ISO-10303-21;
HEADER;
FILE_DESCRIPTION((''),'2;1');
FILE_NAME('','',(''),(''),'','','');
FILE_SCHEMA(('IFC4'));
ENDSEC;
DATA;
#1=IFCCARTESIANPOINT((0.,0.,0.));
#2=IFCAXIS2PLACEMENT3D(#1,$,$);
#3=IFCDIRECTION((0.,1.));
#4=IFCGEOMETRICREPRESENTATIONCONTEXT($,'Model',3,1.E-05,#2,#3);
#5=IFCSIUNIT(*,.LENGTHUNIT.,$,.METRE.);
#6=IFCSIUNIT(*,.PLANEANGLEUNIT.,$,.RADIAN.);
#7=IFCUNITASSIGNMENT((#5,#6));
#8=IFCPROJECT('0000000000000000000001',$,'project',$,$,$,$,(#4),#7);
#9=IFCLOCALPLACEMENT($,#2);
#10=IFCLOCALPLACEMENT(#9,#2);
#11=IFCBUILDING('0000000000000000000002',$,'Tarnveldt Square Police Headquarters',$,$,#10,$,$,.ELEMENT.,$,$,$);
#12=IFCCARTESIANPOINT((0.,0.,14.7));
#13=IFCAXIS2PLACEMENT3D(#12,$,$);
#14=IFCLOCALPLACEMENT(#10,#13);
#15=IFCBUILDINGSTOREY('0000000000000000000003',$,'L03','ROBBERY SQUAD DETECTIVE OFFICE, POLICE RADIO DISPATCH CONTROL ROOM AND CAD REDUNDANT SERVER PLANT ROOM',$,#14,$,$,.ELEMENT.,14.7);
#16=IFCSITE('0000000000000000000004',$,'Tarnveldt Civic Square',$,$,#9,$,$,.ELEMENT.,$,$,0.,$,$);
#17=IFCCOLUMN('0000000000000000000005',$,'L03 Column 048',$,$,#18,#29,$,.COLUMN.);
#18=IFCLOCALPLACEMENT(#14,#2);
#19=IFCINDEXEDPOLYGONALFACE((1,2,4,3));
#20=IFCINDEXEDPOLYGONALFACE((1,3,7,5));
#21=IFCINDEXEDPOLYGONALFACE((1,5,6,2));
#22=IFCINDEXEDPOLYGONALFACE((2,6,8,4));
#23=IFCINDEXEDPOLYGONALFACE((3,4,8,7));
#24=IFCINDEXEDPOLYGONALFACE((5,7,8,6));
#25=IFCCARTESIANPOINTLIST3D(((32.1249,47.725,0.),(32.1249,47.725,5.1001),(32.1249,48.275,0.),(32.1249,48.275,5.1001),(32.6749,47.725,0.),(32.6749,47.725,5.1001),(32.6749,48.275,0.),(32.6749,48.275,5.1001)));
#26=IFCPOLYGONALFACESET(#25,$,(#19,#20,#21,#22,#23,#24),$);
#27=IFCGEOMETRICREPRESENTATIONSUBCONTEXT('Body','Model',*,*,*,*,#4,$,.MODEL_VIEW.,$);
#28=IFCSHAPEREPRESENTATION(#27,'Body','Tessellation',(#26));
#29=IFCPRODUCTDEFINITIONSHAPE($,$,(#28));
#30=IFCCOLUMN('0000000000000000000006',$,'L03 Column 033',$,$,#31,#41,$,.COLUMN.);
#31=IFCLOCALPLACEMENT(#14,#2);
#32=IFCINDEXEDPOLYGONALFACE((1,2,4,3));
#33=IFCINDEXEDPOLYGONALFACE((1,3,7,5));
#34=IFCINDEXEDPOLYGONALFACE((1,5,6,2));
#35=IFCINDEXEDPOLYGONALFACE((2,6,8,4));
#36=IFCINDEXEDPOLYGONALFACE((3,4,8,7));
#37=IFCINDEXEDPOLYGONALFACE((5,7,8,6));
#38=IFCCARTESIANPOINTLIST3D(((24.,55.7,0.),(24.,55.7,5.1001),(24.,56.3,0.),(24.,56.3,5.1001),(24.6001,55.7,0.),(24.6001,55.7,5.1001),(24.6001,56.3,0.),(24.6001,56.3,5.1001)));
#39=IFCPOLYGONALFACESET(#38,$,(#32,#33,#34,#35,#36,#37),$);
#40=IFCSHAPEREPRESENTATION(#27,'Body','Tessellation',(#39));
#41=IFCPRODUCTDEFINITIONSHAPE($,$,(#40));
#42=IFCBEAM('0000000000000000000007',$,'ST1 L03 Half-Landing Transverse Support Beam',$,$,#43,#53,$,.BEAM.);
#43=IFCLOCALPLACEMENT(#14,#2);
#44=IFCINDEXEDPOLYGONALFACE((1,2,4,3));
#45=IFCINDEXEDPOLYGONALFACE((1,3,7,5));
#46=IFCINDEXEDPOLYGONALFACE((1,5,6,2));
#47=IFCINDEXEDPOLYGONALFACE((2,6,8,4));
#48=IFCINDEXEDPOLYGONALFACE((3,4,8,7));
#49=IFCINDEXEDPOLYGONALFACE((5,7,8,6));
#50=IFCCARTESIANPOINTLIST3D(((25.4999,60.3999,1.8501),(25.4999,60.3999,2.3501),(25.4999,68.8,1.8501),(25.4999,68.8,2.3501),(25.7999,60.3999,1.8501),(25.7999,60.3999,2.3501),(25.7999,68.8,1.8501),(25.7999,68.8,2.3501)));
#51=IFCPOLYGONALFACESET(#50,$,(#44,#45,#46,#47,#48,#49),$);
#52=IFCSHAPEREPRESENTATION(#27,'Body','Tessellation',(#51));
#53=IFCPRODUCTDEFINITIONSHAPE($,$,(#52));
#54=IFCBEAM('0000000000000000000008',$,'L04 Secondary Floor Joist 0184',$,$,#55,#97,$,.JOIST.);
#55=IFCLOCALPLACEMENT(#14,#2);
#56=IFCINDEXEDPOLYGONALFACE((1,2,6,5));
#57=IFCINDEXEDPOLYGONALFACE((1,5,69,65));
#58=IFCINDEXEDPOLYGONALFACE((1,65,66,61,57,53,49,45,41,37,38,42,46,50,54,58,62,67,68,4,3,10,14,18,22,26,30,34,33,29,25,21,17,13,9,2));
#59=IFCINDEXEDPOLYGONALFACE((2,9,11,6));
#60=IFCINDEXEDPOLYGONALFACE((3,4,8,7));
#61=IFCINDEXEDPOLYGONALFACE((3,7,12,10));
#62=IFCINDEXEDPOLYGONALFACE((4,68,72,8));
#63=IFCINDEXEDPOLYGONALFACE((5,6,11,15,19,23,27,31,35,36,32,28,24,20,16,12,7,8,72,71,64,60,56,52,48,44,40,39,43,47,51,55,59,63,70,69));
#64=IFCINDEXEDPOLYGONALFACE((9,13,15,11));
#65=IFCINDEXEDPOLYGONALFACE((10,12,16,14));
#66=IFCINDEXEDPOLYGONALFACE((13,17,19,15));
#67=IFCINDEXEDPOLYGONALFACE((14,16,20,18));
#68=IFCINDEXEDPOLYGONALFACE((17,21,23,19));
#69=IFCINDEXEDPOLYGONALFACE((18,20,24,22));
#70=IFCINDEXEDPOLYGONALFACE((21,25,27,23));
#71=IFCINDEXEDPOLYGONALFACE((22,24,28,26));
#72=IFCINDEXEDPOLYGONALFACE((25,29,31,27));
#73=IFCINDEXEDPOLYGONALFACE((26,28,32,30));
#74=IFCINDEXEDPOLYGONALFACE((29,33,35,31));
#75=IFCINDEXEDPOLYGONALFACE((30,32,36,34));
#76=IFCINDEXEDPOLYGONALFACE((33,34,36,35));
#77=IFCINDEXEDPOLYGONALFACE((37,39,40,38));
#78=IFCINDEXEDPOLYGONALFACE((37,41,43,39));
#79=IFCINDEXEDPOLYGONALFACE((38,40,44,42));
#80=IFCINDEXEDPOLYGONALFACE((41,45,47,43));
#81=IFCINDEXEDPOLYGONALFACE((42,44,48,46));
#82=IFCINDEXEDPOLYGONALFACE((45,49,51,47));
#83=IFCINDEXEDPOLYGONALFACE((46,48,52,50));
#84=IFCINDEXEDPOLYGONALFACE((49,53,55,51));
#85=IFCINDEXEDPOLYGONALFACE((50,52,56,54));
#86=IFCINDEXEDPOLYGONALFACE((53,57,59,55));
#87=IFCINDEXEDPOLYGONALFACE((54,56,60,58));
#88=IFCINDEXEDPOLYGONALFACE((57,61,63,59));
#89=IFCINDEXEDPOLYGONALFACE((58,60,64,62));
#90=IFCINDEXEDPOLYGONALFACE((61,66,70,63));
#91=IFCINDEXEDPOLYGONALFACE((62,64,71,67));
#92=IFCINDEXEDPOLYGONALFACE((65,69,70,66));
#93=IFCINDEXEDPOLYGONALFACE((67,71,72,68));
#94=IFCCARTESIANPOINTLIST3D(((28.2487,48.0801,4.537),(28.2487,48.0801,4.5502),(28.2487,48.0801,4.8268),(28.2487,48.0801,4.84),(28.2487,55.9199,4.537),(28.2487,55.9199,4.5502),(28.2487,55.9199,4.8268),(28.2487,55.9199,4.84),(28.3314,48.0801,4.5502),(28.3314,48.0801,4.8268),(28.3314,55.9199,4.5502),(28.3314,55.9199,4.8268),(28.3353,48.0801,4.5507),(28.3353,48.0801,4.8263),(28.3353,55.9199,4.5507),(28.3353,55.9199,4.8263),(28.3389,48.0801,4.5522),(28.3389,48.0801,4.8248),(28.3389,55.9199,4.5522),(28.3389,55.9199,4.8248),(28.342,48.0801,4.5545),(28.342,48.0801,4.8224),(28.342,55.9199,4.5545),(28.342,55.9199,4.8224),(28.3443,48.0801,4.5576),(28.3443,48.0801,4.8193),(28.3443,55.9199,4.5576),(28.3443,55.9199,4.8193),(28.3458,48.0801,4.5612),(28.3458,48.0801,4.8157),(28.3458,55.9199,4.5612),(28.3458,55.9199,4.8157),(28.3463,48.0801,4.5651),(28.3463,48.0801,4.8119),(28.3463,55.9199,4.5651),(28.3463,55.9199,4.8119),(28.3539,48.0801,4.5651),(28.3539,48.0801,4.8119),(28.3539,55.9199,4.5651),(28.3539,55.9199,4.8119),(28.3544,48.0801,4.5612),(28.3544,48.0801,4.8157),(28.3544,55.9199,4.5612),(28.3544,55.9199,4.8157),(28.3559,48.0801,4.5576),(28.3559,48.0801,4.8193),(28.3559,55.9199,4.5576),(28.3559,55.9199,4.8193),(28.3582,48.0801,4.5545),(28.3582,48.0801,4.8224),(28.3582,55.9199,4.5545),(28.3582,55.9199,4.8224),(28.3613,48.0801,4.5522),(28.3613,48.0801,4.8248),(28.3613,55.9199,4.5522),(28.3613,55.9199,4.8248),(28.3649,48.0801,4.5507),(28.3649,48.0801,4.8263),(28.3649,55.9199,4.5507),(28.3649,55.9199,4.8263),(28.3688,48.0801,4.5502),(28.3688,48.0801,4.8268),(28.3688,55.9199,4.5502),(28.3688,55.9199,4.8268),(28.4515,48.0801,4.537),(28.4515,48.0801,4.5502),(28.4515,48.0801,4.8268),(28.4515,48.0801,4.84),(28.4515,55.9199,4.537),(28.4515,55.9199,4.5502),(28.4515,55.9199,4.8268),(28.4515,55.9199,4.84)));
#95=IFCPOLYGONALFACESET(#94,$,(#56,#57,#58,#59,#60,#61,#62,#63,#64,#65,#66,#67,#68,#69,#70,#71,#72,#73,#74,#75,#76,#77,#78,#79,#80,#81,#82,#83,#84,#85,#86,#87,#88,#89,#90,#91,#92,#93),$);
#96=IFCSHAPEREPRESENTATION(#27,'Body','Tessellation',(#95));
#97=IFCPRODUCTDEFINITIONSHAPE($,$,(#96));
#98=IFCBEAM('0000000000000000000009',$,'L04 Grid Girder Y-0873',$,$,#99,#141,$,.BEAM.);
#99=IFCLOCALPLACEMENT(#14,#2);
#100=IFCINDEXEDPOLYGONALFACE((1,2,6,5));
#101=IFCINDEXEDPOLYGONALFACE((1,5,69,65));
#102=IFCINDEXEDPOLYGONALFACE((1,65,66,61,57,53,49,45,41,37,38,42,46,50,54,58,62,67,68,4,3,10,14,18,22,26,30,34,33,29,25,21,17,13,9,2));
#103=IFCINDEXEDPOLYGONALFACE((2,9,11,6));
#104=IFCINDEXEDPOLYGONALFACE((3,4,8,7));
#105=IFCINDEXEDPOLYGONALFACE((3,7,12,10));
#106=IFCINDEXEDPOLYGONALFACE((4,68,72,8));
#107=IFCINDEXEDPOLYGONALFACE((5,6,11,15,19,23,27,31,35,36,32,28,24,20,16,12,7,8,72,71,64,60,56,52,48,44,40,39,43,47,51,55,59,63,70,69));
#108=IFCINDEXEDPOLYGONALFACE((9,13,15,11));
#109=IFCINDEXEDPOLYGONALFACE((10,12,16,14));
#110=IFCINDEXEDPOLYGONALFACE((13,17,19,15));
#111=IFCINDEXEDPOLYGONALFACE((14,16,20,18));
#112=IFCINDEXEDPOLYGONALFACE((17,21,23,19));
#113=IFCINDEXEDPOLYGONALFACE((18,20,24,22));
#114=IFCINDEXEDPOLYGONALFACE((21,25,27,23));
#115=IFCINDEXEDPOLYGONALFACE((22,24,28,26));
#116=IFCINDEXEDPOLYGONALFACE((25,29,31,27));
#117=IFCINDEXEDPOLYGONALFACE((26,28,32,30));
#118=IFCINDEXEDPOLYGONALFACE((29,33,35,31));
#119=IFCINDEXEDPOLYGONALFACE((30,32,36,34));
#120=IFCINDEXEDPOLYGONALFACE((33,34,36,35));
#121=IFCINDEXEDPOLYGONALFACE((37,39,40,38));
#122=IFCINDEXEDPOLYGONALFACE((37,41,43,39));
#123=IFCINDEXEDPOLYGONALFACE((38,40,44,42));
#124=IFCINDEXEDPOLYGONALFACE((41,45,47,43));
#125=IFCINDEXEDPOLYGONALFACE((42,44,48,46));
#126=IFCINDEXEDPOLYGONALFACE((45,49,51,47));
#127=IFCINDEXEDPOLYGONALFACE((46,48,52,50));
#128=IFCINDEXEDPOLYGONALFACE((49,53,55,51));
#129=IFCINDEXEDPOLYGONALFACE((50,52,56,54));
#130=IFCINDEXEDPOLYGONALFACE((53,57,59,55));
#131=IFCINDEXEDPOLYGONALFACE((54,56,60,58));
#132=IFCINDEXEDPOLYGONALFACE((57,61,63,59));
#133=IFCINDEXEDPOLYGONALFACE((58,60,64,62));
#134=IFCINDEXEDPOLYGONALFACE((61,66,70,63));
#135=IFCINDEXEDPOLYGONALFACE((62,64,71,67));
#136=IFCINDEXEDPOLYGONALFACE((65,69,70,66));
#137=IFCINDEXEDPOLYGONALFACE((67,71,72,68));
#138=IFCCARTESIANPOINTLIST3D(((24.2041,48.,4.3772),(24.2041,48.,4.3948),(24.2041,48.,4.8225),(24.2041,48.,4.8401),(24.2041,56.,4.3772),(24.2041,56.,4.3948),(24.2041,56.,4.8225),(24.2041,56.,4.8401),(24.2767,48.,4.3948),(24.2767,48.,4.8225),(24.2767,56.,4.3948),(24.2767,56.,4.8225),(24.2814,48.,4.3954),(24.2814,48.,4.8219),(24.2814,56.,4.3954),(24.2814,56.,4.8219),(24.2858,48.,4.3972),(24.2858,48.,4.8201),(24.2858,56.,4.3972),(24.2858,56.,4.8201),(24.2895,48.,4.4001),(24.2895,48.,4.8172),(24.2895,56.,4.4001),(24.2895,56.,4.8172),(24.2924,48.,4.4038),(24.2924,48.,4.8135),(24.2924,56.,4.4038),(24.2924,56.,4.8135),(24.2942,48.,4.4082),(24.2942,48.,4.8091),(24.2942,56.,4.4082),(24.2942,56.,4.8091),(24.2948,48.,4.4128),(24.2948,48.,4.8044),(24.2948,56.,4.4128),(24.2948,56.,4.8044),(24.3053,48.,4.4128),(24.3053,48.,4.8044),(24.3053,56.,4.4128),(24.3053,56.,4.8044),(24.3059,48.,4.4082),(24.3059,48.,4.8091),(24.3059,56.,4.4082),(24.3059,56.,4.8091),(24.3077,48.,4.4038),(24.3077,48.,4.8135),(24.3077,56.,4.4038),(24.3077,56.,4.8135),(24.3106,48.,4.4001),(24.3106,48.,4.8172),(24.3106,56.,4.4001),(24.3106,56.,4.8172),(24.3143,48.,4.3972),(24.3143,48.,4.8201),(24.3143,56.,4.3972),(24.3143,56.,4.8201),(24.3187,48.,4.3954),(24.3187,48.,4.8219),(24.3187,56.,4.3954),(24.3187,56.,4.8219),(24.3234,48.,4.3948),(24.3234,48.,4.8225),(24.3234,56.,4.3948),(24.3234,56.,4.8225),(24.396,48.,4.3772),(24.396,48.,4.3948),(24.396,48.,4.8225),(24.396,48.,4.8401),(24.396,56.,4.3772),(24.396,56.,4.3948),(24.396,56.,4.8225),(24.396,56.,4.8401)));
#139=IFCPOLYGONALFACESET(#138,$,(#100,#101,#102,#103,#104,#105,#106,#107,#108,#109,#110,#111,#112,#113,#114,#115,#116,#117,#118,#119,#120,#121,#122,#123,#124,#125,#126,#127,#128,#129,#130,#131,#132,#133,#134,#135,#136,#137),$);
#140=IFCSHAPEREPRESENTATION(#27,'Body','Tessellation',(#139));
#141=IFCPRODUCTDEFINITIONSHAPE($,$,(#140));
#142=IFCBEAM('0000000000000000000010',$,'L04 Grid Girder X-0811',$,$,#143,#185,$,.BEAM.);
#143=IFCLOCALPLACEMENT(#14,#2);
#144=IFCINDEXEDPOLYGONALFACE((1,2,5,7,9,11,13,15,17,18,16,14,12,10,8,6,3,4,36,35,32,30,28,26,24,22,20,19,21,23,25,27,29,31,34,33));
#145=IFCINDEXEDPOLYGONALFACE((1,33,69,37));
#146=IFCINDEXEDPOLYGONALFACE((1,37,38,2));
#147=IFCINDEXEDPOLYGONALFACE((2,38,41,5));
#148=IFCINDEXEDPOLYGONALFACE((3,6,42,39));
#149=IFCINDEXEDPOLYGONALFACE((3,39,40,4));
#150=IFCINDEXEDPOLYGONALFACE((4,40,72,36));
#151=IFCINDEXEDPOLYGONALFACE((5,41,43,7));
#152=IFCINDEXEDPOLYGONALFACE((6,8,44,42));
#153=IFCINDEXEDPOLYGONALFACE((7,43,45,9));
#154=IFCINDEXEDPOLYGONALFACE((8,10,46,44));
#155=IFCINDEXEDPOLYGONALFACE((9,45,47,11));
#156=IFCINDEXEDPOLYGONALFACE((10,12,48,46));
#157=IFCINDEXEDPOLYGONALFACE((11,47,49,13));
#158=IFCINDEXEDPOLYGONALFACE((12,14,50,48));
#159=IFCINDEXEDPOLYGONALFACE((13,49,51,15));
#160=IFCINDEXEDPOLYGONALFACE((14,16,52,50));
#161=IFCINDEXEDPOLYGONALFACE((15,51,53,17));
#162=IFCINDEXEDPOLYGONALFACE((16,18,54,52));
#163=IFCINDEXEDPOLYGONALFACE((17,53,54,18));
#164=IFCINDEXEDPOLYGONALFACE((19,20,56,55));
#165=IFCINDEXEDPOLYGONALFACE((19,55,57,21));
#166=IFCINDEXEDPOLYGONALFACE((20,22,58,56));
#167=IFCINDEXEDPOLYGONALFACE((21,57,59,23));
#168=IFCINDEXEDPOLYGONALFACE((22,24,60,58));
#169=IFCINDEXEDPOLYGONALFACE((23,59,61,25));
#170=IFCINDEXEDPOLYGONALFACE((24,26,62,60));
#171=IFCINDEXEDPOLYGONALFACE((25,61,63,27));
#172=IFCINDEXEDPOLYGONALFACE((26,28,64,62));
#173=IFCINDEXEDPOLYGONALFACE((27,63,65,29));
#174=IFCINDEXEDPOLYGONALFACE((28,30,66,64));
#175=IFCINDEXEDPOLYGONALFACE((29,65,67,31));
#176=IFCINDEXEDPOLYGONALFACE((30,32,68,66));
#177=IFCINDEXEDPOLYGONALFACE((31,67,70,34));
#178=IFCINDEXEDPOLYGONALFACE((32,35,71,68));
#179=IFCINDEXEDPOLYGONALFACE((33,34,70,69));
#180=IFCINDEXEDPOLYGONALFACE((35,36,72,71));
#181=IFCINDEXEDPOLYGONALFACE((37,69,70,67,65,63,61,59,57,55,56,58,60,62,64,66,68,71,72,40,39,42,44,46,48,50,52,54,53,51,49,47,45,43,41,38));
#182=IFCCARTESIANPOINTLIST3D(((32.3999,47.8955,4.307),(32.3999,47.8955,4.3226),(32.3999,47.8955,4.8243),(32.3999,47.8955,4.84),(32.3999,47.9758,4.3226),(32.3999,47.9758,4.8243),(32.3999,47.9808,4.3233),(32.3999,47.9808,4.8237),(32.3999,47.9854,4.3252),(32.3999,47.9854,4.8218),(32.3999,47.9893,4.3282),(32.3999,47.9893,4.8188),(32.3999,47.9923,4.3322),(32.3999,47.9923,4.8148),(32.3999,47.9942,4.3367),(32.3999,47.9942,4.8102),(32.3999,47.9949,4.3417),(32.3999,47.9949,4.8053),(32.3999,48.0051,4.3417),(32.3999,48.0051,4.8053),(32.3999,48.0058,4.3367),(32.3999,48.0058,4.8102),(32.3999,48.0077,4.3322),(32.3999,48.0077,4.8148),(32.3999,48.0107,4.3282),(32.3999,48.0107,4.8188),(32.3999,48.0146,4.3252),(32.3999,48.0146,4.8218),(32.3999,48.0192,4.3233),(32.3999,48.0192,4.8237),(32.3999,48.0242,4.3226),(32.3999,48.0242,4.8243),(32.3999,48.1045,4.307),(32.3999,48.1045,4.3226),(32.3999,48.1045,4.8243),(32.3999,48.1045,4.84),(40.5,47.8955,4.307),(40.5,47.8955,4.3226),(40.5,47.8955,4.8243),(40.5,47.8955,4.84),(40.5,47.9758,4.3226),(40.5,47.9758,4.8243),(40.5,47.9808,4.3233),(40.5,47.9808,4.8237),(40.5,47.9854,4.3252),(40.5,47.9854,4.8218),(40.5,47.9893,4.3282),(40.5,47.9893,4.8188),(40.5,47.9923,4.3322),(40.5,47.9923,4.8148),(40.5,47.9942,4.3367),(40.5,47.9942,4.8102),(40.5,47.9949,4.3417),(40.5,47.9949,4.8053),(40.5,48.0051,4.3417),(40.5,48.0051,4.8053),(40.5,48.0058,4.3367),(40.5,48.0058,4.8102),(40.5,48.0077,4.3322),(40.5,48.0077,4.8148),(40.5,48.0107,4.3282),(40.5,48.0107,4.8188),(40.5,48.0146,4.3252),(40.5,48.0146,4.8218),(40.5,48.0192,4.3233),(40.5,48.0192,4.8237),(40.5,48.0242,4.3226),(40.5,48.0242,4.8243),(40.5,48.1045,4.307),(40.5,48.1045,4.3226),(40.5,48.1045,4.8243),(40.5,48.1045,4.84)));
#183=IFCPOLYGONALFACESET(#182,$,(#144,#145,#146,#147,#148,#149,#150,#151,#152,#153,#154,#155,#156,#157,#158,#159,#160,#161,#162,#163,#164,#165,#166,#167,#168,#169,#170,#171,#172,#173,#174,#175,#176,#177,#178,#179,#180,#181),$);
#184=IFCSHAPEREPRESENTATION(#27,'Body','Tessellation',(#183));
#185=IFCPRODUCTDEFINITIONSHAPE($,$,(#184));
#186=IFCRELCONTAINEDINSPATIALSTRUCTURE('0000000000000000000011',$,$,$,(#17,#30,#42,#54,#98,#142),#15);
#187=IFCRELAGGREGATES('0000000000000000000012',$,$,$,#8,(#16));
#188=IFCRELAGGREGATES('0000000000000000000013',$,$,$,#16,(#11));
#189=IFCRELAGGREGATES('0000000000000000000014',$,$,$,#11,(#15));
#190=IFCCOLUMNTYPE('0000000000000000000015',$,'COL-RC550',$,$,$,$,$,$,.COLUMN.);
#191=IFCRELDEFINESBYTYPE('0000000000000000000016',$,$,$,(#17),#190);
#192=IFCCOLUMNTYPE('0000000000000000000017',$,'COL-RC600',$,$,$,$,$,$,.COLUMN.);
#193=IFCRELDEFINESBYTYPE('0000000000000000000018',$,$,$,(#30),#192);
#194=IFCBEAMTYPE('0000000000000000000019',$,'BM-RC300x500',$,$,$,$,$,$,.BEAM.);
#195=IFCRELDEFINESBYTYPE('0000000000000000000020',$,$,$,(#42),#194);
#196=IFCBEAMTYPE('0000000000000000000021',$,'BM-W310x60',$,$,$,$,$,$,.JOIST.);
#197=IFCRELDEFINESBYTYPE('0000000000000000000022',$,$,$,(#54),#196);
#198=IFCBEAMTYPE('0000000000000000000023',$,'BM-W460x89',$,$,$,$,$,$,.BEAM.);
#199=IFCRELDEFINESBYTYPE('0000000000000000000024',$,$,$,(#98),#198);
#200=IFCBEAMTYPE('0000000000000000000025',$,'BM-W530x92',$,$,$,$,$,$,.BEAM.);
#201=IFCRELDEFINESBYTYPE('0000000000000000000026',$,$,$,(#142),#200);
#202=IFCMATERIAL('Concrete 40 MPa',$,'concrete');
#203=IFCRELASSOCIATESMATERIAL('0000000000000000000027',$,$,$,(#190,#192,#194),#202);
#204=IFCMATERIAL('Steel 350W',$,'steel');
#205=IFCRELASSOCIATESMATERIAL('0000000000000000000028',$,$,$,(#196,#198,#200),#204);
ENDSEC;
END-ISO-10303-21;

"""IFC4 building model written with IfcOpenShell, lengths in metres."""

from ifc_helpers import new_model, si_unit, direction, frame, origin, origin_2d, place, context, subcontext, project, spatial, rectangle, i_section, extrude, material, material_profile, profile_set, type_object, element, save


model = new_model("IFC4")

# Units and contexts
model_context = context("Model", 3, precision=1e-05, world=origin(), true_north=direction((0.0, 1.0)))
body_context = subcontext(model_context, "Body", "Model", "MODEL_VIEW")
ifc_project = project(units=[si_unit("LENGTHUNIT", "METRE"), si_unit("PLANEANGLEUNIT", "RADIAN")], contexts=[model_context])

# Site, building, storey
site_placement = place(None, origin())
site = spatial("IfcSite", under=ifc_project, at=site_placement, Name="Tarnveldt Civic Square", CompositionType="ELEMENT", RefElevation=0.0)
building_placement = place(site_placement, origin())
building = spatial("IfcBuilding", under=site, at=building_placement, Name="Tarnveldt Square Police Headquarters", CompositionType="ELEMENT")
storey_placement = place(building_placement, frame((0.0, 0.0, 14.7)))
storey = spatial("IfcBuildingStorey", under=building, at=storey_placement, Name="L03", Description="ROBBERY SQUAD DETECTIVE OFFICE, POLICE RADIO DISPATCH CONTROL ROOM AND CAD REDUNDANT SERVER PLANT ROOM", CompositionType="ELEMENT", Elevation=14.7)

# Columns
ifc_material_1 = material(Name="Concrete 40 MPa", Category="concrete")
ifc_material_profile_1 = material_profile(ifc_material_1, rectangle(XDim=0.55, YDim=0.55, at=origin_2d()), Name="RC-C550x550")
ifc_profile_set_1 = profile_set([ifc_material_profile_1], Name="Concrete 40 MPa")
column_type_1 = type_object("IfcColumnType", Name="COL-RC550", PredefinedType="COLUMN", material=ifc_profile_set_1)
column_1_placement = place(storey_placement, frame((32.3999, 48.0, 0.0), z_axis=(0.0, 0.0, 1.0), x_axis=(1.0, 0.0, 0.0)))
element("IfcColumn", 1, at=column_1_placement, inside=storey, type_object=column_type_1, Name="L03 Column 048", PredefinedType="COLUMN", context=body_context, shape_type="SweptSolid", body=[
    extrude(rectangle(XDim=0.55, YDim=0.55, at=origin_2d()), origin(), (0.0, 0.0, 1.0), 5.1001),
])
ifc_material_profile_2 = material_profile(ifc_material_1, rectangle(XDim=0.6001, YDim=0.6001, at=origin_2d()), Name="RC-C600x600")
ifc_profile_set_2 = profile_set([ifc_material_profile_2], Name="Concrete 40 MPa")
column_type_2 = type_object("IfcColumnType", Name="COL-RC600", PredefinedType="COLUMN", material=ifc_profile_set_2)
column_2_placement = place(storey_placement, frame((24.3, 56.0, 0.0), z_axis=(0.0, 0.0, 1.0), x_axis=(1.0, 0.0, 0.0)))
element("IfcColumn", 2, at=column_2_placement, inside=storey, type_object=column_type_2, Name="L03 Column 033", PredefinedType="COLUMN", context=body_context, shape_type="SweptSolid", body=[
    extrude(rectangle(XDim=0.6001, YDim=0.6001, at=origin_2d()), origin(), (0.0, 0.0, 1.0), 5.1001),
])

# Beams
ifc_material_profile_3 = material_profile(ifc_material_1, rectangle(XDim=0.3, YDim=0.5, at=origin_2d()), Name="RC-B300x500")
ifc_profile_set_3 = profile_set([ifc_material_profile_3], Name="Concrete 40 MPa")
beam_type_1 = type_object("IfcBeamType", Name="BM-RC300x500", PredefinedType="BEAM", material=ifc_profile_set_3)
beam_1_placement = place(storey_placement, frame((25.6499, 60.3999, 2.1001), z_axis=(0.0, 1.0, 0.0), x_axis=(-1.0, 0.0, 0.0)))
element("IfcBeam", 3, at=beam_1_placement, inside=storey, type_object=beam_type_1, Name="ST1 L03 Half-Landing Transverse Support Beam", PredefinedType="BEAM", context=body_context, shape_type="SweptSolid", body=[
    extrude(rectangle(XDim=0.3, YDim=0.5, at=origin_2d()), origin(), (0.0, 0.0, 1.0), 8.4001),
])
ifc_material_2 = material(Name="Steel 350W", Category="steel")
ifc_material_profile_4 = material_profile(ifc_material_2, i_section(OverallWidth=0.2029, OverallDepth=0.303, WebThickness=0.0076, FlangeThickness=0.0132, FilletRadius=0.0149, at=origin_2d()), Name="W310x60")
ifc_profile_set_4 = profile_set([ifc_material_profile_4], Name="Steel 350W")
beam_type_2 = type_object("IfcBeamType", Name="BM-W310x60", PredefinedType="JOIST", material=ifc_profile_set_4)
beam_2_placement = place(storey_placement, frame((28.3501, 48.0801, 4.6885), z_axis=(0.0, 1.0, 0.0), x_axis=(-1.0, 0.0, 0.0)))
element("IfcBeam", 4, at=beam_2_placement, inside=storey, type_object=beam_type_2, Name="L04 Secondary Floor Joist 0184", PredefinedType="JOIST", context=body_context, shape_type="SweptSolid", body=[
    extrude(i_section(OverallWidth=0.2029, OverallDepth=0.303, WebThickness=0.0076, FlangeThickness=0.0132, FilletRadius=0.0149, at=origin_2d()), origin(), (0.0, 0.0, 1.0), 7.8398),
])
ifc_material_profile_5 = material_profile(ifc_material_2, i_section(OverallWidth=0.1919, OverallDepth=0.4629, WebThickness=0.0105, FlangeThickness=0.0176, FilletRadius=0.0181, at=origin_2d()), Name="W460x89")
ifc_profile_set_5 = profile_set([ifc_material_profile_5], Name="Steel 350W")
beam_type_3 = type_object("IfcBeamType", Name="BM-W460x89", PredefinedType="BEAM", material=ifc_profile_set_5)
beam_3_placement = place(storey_placement, frame((24.3, 48.0, 4.6086), z_axis=(0.0, 1.0, 0.0), x_axis=(-1.0, 0.0, 0.0)))
element("IfcBeam", 5, at=beam_3_placement, inside=storey, type_object=beam_type_3, Name="L04 Grid Girder Y-0873", PredefinedType="BEAM", context=body_context, shape_type="SweptSolid", body=[
    extrude(i_section(OverallWidth=0.1919, OverallDepth=0.4629, WebThickness=0.0105, FlangeThickness=0.0176, FilletRadius=0.0181, at=origin_2d()), origin(), (0.0, 0.0, 1.0), 8.0),
])
ifc_material_profile_6 = material_profile(ifc_material_2, i_section(OverallWidth=0.209, OverallDepth=0.533, WebThickness=0.0103, FlangeThickness=0.0156, FilletRadius=0.019, at=origin_2d()), Name="W530x92")
ifc_profile_set_6 = profile_set([ifc_material_profile_6], Name="Steel 350W")
beam_type_4 = type_object("IfcBeamType", Name="BM-W530x92", PredefinedType="BEAM", material=ifc_profile_set_6)
beam_4_placement = place(storey_placement, frame((32.3999, 48.0, 4.5735), z_axis=(1.0, 0.0, 0.0), x_axis=(0.0, 1.0, 0.0)))
element("IfcBeam", 6, at=beam_4_placement, inside=storey, type_object=beam_type_4, Name="L04 Grid Girder X-0811", PredefinedType="BEAM", context=body_context, shape_type="SweptSolid", body=[
    extrude(i_section(OverallWidth=0.209, OverallDepth=0.533, WebThickness=0.0103, FlangeThickness=0.0156, FilletRadius=0.019, at=origin_2d()), origin(), (0.0, 0.0, 1.0), 8.1001),
])

save(model, "model.ifc")
